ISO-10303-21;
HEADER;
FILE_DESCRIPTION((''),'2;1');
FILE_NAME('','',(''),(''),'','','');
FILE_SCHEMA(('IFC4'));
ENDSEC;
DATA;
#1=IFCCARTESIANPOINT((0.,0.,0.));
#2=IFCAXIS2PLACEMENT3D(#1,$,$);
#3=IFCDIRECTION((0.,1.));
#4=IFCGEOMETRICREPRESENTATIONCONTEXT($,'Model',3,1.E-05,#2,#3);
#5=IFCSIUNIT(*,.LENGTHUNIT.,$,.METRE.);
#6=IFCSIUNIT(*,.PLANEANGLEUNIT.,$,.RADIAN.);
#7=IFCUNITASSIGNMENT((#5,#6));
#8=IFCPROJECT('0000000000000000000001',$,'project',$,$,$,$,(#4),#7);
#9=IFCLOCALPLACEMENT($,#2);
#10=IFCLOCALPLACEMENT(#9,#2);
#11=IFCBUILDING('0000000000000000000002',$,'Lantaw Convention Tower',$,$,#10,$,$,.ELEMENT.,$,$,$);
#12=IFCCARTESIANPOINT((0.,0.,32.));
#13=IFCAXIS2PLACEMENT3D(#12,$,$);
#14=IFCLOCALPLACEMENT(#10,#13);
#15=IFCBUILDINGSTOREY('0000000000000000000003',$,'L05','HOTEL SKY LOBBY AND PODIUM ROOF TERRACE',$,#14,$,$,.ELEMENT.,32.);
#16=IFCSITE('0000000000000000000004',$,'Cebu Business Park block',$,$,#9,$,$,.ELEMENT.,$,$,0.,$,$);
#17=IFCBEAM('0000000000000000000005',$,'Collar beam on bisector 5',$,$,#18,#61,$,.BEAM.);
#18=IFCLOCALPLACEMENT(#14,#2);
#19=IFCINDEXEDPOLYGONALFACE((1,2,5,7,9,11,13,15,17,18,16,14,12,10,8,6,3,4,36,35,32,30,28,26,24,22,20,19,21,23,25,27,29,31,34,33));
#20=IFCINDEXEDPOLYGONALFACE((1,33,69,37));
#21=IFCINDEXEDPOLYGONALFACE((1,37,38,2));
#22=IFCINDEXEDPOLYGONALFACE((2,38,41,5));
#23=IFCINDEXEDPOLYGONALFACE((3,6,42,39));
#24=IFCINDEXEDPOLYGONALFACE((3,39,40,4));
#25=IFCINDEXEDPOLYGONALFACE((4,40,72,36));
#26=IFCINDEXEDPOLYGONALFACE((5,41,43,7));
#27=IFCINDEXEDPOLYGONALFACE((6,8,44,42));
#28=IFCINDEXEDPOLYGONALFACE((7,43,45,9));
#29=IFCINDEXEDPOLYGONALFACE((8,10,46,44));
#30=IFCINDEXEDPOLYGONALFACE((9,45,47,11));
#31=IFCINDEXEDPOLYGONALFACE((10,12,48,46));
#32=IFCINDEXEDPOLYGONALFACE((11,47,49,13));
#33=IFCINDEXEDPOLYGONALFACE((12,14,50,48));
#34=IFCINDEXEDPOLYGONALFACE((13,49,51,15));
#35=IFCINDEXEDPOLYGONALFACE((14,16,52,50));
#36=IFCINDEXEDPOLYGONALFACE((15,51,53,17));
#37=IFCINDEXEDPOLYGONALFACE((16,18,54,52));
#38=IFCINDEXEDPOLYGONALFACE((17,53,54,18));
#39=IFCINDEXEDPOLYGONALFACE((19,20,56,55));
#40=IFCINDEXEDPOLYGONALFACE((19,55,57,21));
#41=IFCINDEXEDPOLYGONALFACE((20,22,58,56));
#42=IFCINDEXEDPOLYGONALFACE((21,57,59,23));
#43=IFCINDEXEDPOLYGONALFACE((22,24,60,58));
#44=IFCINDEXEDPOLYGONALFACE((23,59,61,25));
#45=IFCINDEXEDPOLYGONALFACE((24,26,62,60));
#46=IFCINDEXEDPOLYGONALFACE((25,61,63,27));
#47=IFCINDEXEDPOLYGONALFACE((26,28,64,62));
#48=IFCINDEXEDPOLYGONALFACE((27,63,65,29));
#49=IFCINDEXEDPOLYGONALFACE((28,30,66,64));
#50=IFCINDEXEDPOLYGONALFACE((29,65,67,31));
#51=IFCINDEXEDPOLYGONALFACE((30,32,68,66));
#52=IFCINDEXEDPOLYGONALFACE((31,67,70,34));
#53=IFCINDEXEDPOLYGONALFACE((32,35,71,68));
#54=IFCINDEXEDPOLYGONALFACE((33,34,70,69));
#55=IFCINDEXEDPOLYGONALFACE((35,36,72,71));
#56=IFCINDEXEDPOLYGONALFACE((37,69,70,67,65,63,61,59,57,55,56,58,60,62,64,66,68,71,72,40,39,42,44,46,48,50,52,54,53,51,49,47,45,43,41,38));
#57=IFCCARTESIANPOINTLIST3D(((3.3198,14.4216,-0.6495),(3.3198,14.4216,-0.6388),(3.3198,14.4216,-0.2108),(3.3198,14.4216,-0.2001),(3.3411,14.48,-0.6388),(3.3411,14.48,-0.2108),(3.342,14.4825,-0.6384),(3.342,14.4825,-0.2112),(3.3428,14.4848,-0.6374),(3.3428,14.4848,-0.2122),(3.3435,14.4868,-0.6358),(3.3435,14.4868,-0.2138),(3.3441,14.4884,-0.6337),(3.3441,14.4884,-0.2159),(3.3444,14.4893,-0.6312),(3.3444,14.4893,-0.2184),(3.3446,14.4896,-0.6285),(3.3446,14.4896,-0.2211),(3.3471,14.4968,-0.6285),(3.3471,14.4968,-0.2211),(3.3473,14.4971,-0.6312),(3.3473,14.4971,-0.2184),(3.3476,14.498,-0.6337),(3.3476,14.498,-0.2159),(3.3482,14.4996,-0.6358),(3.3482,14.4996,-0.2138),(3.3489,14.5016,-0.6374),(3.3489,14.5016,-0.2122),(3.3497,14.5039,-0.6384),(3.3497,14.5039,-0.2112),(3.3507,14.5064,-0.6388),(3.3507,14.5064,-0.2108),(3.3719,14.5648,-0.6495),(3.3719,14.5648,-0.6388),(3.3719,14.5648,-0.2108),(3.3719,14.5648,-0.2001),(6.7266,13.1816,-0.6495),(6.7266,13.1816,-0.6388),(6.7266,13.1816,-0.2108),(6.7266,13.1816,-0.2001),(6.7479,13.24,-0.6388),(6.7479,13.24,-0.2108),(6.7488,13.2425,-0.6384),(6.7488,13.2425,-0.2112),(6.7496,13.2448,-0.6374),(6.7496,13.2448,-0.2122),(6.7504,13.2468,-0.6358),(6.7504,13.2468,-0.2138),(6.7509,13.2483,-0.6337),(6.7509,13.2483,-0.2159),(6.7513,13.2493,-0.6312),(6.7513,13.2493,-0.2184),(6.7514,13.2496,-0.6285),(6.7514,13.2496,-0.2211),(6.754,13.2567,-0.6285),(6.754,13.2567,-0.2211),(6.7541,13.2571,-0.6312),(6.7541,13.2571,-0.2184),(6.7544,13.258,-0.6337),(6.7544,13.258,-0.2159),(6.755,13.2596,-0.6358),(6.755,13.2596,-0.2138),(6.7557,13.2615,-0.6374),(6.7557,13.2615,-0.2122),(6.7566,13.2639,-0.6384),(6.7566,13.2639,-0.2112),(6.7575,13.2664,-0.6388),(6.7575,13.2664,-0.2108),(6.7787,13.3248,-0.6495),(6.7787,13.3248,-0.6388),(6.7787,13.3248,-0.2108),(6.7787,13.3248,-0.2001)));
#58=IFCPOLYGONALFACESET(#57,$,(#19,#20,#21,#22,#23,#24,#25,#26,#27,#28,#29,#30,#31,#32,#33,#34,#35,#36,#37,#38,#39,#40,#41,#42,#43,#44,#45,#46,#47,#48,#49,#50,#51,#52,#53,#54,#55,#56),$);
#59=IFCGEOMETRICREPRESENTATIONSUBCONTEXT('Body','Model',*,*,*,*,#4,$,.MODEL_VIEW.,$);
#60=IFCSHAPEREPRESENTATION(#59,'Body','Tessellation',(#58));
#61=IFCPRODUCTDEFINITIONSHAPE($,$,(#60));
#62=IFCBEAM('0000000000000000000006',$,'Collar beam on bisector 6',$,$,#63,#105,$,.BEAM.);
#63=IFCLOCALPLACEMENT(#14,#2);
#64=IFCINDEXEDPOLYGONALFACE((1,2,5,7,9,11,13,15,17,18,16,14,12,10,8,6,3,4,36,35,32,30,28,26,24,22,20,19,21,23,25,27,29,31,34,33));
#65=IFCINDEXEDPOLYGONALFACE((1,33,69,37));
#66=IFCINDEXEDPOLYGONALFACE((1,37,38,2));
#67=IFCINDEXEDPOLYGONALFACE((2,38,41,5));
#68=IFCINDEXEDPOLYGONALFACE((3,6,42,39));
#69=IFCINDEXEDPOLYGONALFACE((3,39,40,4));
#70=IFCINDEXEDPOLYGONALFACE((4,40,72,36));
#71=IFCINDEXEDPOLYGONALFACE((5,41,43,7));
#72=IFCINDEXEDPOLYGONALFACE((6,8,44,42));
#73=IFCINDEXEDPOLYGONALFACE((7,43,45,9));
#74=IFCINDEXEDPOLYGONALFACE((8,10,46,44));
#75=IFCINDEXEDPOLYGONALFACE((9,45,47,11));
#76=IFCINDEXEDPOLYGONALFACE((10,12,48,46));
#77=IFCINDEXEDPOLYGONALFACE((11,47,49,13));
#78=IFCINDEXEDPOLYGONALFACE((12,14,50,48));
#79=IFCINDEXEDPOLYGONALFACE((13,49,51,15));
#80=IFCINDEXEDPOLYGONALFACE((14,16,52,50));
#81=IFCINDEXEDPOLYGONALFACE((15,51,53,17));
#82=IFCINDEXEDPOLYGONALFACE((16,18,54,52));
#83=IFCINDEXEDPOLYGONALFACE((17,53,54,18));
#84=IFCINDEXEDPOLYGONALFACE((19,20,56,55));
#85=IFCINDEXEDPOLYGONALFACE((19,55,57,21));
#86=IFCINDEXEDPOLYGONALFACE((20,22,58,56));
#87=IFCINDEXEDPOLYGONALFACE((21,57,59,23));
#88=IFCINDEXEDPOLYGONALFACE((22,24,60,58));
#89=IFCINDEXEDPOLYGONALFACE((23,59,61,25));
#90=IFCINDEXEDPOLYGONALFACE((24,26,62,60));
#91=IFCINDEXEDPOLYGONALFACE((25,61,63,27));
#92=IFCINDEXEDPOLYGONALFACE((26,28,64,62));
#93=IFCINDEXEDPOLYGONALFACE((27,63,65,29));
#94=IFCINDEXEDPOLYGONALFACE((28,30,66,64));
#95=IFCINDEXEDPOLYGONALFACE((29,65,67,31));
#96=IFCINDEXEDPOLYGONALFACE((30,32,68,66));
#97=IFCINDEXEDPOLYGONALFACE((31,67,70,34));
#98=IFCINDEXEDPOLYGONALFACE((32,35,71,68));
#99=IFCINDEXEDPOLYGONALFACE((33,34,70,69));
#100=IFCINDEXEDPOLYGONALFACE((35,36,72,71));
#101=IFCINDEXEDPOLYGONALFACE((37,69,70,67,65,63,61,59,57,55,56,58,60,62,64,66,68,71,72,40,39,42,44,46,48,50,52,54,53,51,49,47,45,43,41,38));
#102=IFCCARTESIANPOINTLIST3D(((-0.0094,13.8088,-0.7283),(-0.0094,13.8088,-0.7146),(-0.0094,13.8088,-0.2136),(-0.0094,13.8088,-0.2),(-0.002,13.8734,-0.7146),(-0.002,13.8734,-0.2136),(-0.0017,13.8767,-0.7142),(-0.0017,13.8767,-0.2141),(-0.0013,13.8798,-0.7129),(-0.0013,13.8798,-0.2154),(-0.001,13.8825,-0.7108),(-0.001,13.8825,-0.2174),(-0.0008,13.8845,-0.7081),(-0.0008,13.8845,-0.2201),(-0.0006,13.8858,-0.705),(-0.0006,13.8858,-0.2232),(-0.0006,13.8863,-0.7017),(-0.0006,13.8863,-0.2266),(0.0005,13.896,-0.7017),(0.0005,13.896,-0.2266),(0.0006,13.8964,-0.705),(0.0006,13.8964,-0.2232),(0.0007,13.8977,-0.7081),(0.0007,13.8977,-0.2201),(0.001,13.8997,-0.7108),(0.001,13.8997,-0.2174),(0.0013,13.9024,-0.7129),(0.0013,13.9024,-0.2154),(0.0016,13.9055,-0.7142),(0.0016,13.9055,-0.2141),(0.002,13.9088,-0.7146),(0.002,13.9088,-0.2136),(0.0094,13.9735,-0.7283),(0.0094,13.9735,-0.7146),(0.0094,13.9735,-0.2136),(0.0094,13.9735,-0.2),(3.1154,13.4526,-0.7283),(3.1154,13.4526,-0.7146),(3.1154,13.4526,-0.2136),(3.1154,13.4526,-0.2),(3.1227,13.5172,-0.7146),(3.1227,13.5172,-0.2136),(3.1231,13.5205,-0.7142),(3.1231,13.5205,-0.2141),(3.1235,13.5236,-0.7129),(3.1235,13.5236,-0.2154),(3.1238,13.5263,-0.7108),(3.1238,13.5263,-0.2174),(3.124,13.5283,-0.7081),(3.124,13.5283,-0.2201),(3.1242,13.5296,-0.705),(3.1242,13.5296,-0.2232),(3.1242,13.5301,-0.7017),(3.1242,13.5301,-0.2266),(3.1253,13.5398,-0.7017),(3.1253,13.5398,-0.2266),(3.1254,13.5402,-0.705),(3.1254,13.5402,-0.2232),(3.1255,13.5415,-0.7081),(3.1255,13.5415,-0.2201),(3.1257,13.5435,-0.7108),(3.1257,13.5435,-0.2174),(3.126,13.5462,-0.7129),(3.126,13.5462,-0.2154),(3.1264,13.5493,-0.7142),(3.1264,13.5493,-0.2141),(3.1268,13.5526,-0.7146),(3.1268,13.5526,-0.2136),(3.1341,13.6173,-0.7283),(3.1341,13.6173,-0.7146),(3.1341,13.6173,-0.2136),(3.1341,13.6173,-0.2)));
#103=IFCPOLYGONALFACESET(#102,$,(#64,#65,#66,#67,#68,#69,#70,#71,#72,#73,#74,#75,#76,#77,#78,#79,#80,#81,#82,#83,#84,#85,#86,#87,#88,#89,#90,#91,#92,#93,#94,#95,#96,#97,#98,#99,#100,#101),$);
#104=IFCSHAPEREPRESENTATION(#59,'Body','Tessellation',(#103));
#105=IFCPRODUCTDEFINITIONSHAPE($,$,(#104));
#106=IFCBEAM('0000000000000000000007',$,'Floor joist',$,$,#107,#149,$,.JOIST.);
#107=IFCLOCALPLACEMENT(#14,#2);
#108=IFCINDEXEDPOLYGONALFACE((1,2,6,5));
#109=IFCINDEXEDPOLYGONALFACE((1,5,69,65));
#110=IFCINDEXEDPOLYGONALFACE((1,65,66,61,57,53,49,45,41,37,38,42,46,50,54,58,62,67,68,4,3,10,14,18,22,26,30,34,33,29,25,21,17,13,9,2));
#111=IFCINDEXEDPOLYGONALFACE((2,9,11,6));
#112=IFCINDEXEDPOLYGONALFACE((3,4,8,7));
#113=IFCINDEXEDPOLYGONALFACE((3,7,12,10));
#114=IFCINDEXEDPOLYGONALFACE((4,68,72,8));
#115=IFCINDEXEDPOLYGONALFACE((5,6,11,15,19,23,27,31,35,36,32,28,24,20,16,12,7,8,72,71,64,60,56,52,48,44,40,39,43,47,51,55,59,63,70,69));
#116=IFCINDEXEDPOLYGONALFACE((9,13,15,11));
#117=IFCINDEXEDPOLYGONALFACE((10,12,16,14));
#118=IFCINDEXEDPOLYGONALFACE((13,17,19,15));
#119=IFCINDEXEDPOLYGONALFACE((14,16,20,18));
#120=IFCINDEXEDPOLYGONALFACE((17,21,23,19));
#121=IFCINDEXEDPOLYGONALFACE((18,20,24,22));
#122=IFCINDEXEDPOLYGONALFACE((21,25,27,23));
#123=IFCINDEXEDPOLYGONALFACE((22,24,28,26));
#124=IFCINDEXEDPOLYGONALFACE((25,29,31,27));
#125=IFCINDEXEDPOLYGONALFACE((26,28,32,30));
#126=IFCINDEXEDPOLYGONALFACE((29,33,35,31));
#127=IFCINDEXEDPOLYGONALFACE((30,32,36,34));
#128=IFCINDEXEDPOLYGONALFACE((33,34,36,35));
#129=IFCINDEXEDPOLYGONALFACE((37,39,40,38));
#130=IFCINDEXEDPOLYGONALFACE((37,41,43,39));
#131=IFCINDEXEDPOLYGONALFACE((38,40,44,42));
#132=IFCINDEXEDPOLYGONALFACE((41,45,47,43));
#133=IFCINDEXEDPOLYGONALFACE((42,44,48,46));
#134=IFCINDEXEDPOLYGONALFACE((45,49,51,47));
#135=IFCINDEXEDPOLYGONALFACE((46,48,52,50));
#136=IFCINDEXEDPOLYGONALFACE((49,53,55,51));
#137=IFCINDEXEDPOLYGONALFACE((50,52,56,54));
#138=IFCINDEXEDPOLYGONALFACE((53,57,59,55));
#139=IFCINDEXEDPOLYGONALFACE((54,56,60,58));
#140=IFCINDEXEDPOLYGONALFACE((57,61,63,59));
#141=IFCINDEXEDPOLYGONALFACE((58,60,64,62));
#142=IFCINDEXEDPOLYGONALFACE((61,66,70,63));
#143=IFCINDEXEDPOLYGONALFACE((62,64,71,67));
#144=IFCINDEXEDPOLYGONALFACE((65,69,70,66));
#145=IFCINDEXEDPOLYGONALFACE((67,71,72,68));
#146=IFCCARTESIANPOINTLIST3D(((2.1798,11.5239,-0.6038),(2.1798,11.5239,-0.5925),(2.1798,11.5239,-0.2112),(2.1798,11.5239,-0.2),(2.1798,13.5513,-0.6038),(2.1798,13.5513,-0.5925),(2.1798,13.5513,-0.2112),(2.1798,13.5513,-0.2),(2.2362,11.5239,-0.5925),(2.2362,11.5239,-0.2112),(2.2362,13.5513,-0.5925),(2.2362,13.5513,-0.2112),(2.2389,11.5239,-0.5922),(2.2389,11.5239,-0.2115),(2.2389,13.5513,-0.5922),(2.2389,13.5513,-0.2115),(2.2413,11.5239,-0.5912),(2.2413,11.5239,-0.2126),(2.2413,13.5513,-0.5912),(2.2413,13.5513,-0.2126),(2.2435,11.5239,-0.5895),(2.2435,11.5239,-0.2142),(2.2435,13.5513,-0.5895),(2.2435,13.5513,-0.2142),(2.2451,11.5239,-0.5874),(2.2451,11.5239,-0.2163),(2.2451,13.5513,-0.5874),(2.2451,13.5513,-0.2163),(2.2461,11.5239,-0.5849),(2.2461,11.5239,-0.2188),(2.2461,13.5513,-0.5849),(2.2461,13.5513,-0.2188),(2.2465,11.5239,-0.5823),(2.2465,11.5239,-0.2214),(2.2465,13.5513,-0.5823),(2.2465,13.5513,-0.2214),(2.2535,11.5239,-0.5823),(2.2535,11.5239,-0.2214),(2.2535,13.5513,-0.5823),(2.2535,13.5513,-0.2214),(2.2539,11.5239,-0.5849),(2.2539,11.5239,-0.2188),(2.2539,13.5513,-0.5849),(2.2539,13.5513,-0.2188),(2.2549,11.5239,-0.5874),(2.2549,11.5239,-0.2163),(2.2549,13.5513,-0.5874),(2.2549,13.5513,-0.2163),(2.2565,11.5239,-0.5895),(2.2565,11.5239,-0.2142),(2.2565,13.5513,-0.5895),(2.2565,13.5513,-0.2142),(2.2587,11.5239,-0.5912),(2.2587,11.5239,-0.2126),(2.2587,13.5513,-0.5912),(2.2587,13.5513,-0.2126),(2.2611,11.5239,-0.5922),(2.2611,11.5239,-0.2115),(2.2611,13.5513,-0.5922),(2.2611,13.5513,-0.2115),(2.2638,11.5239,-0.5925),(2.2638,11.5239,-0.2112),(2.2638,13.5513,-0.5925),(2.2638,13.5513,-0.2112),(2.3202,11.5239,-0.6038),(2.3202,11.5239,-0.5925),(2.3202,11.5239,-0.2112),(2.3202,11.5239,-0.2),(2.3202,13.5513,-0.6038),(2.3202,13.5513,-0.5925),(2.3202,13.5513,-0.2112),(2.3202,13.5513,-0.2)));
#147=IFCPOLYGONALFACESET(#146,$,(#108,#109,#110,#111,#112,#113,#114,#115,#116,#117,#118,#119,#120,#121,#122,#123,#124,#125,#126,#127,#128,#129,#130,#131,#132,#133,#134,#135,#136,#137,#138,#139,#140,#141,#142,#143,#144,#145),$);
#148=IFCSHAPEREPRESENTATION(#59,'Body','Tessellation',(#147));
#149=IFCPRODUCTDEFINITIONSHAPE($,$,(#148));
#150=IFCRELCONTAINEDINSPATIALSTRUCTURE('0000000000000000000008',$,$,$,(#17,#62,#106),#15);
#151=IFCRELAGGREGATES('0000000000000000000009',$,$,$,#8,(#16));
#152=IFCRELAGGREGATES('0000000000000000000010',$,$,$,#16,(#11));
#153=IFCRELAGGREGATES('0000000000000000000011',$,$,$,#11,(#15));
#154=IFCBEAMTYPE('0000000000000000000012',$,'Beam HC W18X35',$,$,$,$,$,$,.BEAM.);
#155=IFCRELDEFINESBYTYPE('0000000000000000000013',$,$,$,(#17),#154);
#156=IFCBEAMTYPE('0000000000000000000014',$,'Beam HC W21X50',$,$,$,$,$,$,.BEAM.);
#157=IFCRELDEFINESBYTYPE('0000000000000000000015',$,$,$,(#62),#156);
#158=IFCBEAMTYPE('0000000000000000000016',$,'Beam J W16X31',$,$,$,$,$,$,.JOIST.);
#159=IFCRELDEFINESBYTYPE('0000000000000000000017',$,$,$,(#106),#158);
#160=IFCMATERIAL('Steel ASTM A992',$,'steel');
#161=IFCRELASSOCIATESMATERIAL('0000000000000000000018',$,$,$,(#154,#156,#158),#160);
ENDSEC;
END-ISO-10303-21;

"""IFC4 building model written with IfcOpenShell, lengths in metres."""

from ifc_helpers import new_model, si_unit, direction, frame, origin, origin_2d, place, context, subcontext, project, spatial, i_section, extrude, material, material_profile, profile_set, type_object, element, save


model = new_model("IFC4")

# Units and contexts
model_context = context("Model", 3, precision=1e-05, world=origin(), true_north=direction((0.0, 1.0)))
body_context = subcontext(model_context, "Body", "Model", "MODEL_VIEW")
ifc_project = project(units=[si_unit("LENGTHUNIT", "METRE"), si_unit("PLANEANGLEUNIT", "RADIAN")], contexts=[model_context])

# Site, building, storey
site_placement = place(None, origin())
site = spatial("IfcSite", under=ifc_project, at=site_placement, Name="Cebu Business Park block", CompositionType="ELEMENT", RefElevation=0.0)
building_placement = place(site_placement, origin())
building = spatial("IfcBuilding", under=site, at=building_placement, Name="Lantaw Convention Tower", CompositionType="ELEMENT")
storey_placement = place(building_placement, frame((0.0, 0.0, 32.0)))
storey = spatial("IfcBuildingStorey", under=building, at=storey_placement, Name="L05", Description="HOTEL SKY LOBBY AND PODIUM ROOF TERRACE", CompositionType="ELEMENT", Elevation=32.0)

# Beams
ifc_material_1 = material(Name="Steel ASTM A992", Category="steel")
ifc_material_profile_1 = material_profile(ifc_material_1, i_section(OverallWidth=0.1523, OverallDepth=0.4495, WebThickness=0.0076, FlangeThickness=0.0107, FilletRadius=0.0103, at=origin_2d()), Name="W18X35")
ifc_profile_set_1 = profile_set([ifc_material_profile_1], Name="Steel ASTM A992")
beam_type_1 = type_object("IfcBeamType", Name="Beam HC W18X35", PredefinedType="BEAM", material=ifc_profile_set_1)
beam_1_placement = place(storey_placement, frame((6.7527, 13.2532, -0.4248), z_axis=(-0.939689, 0.34203, 0.0), x_axis=(-0.34203, -0.939689, 0.0)))
element("IfcBeam", 1, at=beam_1_placement, inside=storey, type_object=beam_type_1, Name="Collar beam on bisector 5", PredefinedType="BEAM", context=body_context, shape_type="SweptSolid", body=[
    extrude(i_section(OverallWidth=0.1523, OverallDepth=0.4495, WebThickness=0.0076, FlangeThickness=0.0107, FilletRadius=0.0103, at=origin_2d()), origin(), (0.0, 0.0, 1.0), 3.6255),
])
ifc_material_profile_2 = material_profile(ifc_material_1, i_section(OverallWidth=0.1658, OverallDepth=0.5283, WebThickness=0.0098, FlangeThickness=0.0137, FilletRadius=0.0129, at=origin_2d()), Name="W21X50")
ifc_profile_set_2 = profile_set([ifc_material_profile_2], Name="Steel ASTM A992")
beam_type_2 = type_object("IfcBeamType", Name="Beam HC W21X50", PredefinedType="BEAM", material=ifc_profile_set_2)
beam_2_placement = place(storey_placement, frame((3.1248, 13.5349, -0.4641), z_axis=(-0.993565, 0.11326, 0.0), x_axis=(-0.11326, -0.993565, 0.0)))
element("IfcBeam", 2, at=beam_2_placement, inside=storey, type_object=beam_type_2, Name="Collar beam on bisector 6", PredefinedType="BEAM", context=body_context, shape_type="SweptSolid", body=[
    extrude(i_section(OverallWidth=0.1658, OverallDepth=0.5283, WebThickness=0.0098, FlangeThickness=0.0137, FilletRadius=0.0129, at=origin_2d()), origin(), (0.0, 0.0, 1.0), 3.145),
])
ifc_material_profile_3 = material_profile(ifc_material_1, i_section(OverallWidth=0.1404, OverallDepth=0.4038, WebThickness=0.0071, FlangeThickness=0.0112, FilletRadius=0.0103, at=origin_2d()), Name="W16X31")
ifc_profile_set_3 = profile_set([ifc_material_profile_3], Name="Steel ASTM A992")
beam_type_3 = type_object("IfcBeamType", Name="Beam J W16X31", PredefinedType="JOIST", material=ifc_profile_set_3)
beam_3_placement = place(storey_placement, frame((2.25, 11.5239, -0.4019), z_axis=(0.0, 1.0, 0.0), x_axis=(-1.0, 0.0, 0.0)))
element("IfcBeam", 3, at=beam_3_placement, inside=storey, type_object=beam_type_3, Name="Floor joist", PredefinedType="JOIST", context=body_context, shape_type="SweptSolid", body=[
    extrude(i_section(OverallWidth=0.1404, OverallDepth=0.4038, WebThickness=0.0071, FlangeThickness=0.0112, FilletRadius=0.0103, at=origin_2d()), origin(), (0.0, 0.0, 1.0), 2.0273),
])

save(model, "model.ifc")
